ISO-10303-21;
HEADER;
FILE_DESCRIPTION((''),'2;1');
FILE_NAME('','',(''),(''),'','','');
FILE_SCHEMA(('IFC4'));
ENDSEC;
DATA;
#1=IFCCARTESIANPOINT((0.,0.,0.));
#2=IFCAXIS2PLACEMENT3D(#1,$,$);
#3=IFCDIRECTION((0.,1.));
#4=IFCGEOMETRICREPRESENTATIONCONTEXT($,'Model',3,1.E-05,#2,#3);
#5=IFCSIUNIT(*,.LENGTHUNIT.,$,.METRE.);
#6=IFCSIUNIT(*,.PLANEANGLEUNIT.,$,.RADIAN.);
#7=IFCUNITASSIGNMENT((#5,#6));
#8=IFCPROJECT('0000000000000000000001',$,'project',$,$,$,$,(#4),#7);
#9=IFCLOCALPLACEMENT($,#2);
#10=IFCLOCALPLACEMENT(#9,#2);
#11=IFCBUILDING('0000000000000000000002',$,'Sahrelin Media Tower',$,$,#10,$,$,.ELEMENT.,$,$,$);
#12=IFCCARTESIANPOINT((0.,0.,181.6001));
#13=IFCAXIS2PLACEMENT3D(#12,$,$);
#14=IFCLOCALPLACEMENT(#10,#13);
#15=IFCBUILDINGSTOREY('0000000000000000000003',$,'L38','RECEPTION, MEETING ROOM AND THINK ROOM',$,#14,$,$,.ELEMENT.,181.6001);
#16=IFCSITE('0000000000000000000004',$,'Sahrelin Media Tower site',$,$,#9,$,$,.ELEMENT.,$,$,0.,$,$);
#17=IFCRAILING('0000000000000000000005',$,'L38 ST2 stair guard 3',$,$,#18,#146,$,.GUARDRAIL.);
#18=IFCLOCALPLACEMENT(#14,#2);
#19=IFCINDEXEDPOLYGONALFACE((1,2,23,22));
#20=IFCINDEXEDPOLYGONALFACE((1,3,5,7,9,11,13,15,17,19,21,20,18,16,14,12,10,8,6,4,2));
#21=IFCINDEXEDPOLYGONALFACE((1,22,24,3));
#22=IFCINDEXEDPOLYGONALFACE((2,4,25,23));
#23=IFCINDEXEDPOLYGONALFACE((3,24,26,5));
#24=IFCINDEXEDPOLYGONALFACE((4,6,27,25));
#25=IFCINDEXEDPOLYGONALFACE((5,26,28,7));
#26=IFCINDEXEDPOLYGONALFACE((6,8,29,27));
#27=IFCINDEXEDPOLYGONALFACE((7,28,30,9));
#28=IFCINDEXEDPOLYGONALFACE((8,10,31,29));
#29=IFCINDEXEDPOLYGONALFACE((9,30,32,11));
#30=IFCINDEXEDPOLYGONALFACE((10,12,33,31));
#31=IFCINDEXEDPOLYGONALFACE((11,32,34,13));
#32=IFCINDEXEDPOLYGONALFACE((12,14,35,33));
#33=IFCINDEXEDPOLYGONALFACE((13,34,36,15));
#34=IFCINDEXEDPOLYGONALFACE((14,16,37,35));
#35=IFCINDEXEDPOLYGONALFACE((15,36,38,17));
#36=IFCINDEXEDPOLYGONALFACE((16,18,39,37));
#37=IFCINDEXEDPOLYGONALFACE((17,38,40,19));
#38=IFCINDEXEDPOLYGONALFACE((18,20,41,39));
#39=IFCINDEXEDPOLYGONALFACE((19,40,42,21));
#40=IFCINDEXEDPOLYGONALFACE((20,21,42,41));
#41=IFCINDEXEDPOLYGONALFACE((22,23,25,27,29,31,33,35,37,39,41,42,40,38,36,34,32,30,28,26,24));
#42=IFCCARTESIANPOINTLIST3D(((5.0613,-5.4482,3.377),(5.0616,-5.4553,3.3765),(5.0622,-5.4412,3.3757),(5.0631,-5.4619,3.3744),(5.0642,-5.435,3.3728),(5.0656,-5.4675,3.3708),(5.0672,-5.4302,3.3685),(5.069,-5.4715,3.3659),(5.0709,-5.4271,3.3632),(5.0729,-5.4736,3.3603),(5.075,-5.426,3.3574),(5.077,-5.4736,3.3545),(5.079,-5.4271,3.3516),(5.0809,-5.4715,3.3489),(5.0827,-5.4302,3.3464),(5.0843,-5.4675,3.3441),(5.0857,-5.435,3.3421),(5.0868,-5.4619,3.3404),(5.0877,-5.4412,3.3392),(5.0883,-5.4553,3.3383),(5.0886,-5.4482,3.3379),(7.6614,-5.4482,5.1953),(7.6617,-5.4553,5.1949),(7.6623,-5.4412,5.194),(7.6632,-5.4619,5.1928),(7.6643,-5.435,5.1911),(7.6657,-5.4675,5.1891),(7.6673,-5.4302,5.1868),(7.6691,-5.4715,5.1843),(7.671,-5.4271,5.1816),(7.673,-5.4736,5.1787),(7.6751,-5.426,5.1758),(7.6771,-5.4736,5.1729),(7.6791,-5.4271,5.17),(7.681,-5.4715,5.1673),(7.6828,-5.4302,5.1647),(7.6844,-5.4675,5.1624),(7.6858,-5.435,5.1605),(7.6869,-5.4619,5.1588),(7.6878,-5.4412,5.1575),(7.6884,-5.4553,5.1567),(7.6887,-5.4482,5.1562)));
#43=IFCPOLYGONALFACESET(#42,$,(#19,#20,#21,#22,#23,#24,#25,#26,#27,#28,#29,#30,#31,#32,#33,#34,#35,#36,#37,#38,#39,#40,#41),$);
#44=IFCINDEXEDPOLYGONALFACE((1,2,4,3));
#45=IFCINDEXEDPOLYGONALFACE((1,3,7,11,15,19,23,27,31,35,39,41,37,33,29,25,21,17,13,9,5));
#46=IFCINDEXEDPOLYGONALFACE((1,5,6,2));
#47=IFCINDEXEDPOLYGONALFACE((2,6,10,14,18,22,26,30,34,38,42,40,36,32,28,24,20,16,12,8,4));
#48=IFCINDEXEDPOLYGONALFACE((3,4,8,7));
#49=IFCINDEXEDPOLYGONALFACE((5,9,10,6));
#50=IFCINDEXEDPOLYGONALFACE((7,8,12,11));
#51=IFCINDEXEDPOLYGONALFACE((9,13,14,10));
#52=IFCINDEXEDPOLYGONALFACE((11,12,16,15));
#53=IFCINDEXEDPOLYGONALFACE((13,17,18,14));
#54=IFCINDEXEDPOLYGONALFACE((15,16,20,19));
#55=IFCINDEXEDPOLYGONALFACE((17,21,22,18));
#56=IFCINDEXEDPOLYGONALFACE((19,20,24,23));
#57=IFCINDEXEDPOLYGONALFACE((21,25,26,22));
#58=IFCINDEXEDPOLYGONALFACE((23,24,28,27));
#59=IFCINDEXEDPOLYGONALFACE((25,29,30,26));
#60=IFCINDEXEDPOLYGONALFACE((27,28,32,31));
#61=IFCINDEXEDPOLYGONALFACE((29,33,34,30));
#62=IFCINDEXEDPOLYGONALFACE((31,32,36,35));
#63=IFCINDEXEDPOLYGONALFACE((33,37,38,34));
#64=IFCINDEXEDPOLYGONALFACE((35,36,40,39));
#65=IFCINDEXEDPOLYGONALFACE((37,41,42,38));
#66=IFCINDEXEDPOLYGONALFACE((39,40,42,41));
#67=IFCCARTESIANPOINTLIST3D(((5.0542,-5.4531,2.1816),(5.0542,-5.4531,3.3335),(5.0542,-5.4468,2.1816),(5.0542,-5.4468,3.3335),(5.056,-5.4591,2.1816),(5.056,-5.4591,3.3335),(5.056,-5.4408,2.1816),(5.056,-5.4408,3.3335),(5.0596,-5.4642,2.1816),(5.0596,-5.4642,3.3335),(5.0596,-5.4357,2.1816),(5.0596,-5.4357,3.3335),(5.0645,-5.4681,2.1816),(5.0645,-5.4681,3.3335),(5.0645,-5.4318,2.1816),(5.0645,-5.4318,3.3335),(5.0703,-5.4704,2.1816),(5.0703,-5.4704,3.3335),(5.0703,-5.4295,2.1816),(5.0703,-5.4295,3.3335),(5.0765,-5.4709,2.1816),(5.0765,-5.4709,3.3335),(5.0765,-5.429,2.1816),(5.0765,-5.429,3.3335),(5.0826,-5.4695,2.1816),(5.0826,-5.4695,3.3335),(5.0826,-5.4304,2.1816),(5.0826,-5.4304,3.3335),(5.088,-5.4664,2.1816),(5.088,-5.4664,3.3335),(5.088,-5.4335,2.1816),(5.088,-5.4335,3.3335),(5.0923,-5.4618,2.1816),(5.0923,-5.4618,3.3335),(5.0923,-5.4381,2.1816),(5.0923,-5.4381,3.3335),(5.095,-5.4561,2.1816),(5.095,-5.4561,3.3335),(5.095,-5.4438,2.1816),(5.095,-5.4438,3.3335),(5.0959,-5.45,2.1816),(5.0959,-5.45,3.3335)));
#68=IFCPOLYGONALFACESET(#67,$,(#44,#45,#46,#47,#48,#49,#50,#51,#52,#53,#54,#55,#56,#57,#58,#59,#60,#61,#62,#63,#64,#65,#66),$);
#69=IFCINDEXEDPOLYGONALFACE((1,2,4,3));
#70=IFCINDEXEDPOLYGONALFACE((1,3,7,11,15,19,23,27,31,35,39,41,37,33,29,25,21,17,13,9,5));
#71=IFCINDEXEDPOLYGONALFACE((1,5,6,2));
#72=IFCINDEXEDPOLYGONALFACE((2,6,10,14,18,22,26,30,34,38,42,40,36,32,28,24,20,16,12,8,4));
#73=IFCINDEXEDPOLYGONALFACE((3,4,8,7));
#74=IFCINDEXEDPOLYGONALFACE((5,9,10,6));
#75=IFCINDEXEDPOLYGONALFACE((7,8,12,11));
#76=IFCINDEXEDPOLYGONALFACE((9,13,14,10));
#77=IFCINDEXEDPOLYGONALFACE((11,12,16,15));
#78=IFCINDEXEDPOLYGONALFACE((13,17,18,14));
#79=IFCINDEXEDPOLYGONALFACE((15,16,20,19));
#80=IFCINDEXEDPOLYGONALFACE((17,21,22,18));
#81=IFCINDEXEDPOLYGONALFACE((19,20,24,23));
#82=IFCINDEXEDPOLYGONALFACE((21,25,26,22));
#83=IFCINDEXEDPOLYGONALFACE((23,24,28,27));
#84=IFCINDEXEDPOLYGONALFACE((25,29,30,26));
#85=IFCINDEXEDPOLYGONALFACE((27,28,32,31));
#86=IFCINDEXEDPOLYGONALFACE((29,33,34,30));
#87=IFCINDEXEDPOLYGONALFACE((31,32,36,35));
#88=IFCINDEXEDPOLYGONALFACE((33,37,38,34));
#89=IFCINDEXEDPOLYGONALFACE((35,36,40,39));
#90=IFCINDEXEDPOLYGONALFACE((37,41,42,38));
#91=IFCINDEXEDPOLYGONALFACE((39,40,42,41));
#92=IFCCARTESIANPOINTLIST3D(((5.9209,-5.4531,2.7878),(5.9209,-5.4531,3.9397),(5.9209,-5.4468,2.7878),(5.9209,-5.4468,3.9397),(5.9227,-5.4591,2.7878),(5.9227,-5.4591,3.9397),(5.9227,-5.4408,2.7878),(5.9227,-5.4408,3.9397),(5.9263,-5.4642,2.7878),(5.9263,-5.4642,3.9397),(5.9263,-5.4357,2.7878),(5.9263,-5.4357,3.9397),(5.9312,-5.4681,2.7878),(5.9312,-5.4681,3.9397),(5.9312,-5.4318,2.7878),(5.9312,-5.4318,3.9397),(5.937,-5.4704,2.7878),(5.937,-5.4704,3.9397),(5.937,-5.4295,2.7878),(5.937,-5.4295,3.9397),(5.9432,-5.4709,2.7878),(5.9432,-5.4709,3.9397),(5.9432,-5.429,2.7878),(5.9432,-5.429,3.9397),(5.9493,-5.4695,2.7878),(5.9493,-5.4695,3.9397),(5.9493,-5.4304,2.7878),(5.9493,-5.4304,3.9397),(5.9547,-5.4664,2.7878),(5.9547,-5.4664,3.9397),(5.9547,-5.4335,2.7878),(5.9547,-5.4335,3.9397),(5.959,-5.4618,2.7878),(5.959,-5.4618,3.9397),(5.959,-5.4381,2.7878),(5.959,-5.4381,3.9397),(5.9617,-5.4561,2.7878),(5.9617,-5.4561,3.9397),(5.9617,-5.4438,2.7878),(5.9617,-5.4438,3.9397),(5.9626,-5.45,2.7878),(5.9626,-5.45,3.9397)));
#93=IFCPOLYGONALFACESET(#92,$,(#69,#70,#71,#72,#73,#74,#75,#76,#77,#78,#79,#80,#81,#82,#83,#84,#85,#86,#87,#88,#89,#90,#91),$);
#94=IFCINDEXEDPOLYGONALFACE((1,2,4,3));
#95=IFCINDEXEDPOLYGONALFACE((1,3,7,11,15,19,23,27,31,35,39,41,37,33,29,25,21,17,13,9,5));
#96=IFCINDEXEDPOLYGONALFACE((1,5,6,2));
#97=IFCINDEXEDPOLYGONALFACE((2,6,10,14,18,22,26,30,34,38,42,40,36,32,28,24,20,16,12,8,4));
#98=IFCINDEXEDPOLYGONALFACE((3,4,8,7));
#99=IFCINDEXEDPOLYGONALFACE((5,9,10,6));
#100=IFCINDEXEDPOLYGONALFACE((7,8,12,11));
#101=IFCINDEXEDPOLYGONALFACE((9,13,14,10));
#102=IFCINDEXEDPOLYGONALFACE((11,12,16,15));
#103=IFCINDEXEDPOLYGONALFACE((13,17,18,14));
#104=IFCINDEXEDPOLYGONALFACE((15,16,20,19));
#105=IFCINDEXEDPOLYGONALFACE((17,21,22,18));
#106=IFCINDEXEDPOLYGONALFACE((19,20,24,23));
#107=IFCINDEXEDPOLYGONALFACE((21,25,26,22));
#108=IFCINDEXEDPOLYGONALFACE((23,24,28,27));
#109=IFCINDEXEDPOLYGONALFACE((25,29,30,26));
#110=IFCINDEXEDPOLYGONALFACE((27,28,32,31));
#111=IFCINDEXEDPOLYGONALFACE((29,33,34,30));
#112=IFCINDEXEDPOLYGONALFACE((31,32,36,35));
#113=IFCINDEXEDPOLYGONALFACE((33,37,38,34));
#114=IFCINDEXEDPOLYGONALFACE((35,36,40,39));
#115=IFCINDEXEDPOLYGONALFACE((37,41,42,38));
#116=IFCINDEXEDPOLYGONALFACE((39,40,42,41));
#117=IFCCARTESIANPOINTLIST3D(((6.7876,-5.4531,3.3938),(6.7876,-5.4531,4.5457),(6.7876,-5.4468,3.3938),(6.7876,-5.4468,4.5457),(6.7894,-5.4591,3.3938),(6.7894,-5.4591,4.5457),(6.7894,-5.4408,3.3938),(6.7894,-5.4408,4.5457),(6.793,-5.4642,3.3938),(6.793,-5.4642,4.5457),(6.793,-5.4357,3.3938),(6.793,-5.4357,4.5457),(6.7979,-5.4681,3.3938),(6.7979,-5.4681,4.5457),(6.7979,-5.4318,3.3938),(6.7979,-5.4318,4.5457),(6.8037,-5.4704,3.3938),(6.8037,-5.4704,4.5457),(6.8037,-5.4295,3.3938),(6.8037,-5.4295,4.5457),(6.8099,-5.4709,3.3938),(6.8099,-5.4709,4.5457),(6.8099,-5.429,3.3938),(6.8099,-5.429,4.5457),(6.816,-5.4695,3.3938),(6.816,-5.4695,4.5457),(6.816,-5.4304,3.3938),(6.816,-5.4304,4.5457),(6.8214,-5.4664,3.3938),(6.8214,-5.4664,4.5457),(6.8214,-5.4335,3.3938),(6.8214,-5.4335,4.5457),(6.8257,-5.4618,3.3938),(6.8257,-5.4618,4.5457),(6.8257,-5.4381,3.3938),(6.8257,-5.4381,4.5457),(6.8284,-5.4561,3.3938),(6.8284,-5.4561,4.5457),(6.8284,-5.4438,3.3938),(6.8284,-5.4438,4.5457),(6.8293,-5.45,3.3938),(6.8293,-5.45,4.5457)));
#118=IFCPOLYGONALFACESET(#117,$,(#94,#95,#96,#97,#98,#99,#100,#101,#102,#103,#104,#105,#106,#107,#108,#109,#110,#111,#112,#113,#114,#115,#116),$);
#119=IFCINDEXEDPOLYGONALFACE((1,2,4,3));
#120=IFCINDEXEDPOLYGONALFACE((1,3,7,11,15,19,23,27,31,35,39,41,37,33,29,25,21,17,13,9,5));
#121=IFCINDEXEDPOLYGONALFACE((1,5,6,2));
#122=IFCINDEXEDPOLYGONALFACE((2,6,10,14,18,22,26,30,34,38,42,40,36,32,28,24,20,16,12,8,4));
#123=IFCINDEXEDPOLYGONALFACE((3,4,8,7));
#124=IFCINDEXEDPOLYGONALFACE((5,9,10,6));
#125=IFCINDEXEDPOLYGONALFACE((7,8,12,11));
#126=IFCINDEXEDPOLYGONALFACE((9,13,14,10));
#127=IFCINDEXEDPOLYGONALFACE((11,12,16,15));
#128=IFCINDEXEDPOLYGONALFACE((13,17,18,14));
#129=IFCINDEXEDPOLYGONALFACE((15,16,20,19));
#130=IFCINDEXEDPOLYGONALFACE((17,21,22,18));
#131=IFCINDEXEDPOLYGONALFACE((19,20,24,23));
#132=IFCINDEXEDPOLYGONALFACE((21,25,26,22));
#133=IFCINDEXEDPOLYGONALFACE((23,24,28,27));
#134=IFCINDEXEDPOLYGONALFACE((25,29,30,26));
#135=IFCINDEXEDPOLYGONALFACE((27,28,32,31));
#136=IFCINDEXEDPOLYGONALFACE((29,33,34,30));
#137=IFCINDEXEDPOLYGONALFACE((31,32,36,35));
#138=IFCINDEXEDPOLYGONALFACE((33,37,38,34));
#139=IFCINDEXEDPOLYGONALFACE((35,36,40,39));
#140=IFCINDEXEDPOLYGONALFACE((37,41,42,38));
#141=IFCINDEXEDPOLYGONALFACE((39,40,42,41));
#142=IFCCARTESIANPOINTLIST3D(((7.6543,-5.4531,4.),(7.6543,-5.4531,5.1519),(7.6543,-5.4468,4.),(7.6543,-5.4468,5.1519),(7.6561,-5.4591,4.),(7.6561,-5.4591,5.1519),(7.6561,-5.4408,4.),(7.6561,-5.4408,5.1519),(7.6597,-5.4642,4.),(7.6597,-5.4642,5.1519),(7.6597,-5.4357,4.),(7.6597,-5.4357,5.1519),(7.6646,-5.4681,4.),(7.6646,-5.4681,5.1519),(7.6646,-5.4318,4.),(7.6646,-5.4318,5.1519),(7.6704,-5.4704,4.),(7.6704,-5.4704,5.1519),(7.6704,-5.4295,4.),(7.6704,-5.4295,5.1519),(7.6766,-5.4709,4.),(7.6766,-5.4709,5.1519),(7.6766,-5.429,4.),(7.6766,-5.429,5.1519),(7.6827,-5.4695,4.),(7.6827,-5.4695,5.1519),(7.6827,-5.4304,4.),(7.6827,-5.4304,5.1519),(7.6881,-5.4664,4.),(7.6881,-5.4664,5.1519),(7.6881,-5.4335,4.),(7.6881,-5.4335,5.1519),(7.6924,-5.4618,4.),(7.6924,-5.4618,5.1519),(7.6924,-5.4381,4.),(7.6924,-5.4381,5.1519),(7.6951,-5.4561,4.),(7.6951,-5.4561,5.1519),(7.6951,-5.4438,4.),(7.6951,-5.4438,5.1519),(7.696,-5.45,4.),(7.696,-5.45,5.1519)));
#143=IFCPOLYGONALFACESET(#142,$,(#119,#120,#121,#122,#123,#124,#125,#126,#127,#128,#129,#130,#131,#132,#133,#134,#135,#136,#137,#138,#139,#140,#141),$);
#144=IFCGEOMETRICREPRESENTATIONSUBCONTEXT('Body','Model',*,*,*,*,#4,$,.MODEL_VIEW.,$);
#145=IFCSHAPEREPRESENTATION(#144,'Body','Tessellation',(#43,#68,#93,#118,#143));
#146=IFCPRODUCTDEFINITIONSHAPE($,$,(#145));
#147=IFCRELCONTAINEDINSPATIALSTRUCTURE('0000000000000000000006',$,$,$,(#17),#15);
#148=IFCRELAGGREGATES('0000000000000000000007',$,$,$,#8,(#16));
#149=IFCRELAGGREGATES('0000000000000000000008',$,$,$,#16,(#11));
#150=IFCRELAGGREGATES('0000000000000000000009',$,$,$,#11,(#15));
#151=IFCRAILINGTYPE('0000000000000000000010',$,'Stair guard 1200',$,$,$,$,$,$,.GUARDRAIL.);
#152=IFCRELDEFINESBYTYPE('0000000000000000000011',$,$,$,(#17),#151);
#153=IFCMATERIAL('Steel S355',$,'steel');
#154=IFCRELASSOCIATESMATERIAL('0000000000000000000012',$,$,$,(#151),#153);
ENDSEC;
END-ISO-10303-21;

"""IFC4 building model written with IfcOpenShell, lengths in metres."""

from ifc_helpers import new_model, si_unit, direction, frame, origin, origin_2d, place, context, subcontext, project, spatial, circle, extrude, material, type_object, element, save


model = new_model("IFC4")

# Units and contexts
model_context = context("Model", 3, precision=1e-05, world=origin(), true_north=direction((0.0, 1.0)))
body_context = subcontext(model_context, "Body", "Model", "MODEL_VIEW")
ifc_project = project(units=[si_unit("LENGTHUNIT", "METRE"), si_unit("PLANEANGLEUNIT", "RADIAN")], contexts=[model_context])

# Site, building, storey
site_placement = place(None, origin())
site = spatial("IfcSite", under=ifc_project, at=site_placement, Name="Sahrelin Media Tower site", CompositionType="ELEMENT", RefElevation=0.0)
building_placement = place(site_placement, origin())
building = spatial("IfcBuilding", under=site, at=building_placement, Name="Sahrelin Media Tower", CompositionType="ELEMENT")
storey_placement = place(building_placement, frame((0.0, 0.0, 181.6001)))
storey = spatial("IfcBuildingStorey", under=building, at=storey_placement, Name="L38", Description="RECEPTION, MEETING ROOM AND THINK ROOM", CompositionType="ELEMENT", Elevation=181.6001)

# Railing
ifc_material_1 = material(Name="Steel S355", Category="steel")
railing_type_1 = type_object("IfcRailingType", Name="Stair guard 1200", PredefinedType="GUARDRAIL", material=ifc_material_1)
railing_1_placement = place(storey_placement, frame((5.075, -5.45, 2.1816)))
element("IfcRailing", 1, at=railing_1_placement, inside=storey, type_object=railing_type_1, Name="L38 ST2 stair guard 3", PredefinedType="GUARDRAIL", context=body_context, shape_type="SweptSolid", body=[
    extrude(circle(Radius=0.0239, at=origin_2d()), frame((0.0, 0.0, 1.1758), z_axis=(0.819485, 0.0, 0.573101), x_axis=(0.0, 1.0, 0.0)), (0.0, 0.0, 1.0), 3.1729),
    extrude(circle(Radius=0.021, at=origin_2d()), origin(), (0.0, 0.0, 1.0), 1.1519),
    extrude(circle(Radius=0.021, at=origin_2d()), frame((0.8667, 0.0, 0.6062)), (0.0, 0.0, 1.0), 1.1519),
    extrude(circle(Radius=0.021, at=origin_2d()), frame((1.7334, 0.0, 1.2122)), (0.0, 0.0, 1.0), 1.1519),
    extrude(circle(Radius=0.021, at=origin_2d()), frame((2.6001, 0.0, 1.8184)), (0.0, 0.0, 1.0), 1.1519),
])

save(model, "model.ifc")
